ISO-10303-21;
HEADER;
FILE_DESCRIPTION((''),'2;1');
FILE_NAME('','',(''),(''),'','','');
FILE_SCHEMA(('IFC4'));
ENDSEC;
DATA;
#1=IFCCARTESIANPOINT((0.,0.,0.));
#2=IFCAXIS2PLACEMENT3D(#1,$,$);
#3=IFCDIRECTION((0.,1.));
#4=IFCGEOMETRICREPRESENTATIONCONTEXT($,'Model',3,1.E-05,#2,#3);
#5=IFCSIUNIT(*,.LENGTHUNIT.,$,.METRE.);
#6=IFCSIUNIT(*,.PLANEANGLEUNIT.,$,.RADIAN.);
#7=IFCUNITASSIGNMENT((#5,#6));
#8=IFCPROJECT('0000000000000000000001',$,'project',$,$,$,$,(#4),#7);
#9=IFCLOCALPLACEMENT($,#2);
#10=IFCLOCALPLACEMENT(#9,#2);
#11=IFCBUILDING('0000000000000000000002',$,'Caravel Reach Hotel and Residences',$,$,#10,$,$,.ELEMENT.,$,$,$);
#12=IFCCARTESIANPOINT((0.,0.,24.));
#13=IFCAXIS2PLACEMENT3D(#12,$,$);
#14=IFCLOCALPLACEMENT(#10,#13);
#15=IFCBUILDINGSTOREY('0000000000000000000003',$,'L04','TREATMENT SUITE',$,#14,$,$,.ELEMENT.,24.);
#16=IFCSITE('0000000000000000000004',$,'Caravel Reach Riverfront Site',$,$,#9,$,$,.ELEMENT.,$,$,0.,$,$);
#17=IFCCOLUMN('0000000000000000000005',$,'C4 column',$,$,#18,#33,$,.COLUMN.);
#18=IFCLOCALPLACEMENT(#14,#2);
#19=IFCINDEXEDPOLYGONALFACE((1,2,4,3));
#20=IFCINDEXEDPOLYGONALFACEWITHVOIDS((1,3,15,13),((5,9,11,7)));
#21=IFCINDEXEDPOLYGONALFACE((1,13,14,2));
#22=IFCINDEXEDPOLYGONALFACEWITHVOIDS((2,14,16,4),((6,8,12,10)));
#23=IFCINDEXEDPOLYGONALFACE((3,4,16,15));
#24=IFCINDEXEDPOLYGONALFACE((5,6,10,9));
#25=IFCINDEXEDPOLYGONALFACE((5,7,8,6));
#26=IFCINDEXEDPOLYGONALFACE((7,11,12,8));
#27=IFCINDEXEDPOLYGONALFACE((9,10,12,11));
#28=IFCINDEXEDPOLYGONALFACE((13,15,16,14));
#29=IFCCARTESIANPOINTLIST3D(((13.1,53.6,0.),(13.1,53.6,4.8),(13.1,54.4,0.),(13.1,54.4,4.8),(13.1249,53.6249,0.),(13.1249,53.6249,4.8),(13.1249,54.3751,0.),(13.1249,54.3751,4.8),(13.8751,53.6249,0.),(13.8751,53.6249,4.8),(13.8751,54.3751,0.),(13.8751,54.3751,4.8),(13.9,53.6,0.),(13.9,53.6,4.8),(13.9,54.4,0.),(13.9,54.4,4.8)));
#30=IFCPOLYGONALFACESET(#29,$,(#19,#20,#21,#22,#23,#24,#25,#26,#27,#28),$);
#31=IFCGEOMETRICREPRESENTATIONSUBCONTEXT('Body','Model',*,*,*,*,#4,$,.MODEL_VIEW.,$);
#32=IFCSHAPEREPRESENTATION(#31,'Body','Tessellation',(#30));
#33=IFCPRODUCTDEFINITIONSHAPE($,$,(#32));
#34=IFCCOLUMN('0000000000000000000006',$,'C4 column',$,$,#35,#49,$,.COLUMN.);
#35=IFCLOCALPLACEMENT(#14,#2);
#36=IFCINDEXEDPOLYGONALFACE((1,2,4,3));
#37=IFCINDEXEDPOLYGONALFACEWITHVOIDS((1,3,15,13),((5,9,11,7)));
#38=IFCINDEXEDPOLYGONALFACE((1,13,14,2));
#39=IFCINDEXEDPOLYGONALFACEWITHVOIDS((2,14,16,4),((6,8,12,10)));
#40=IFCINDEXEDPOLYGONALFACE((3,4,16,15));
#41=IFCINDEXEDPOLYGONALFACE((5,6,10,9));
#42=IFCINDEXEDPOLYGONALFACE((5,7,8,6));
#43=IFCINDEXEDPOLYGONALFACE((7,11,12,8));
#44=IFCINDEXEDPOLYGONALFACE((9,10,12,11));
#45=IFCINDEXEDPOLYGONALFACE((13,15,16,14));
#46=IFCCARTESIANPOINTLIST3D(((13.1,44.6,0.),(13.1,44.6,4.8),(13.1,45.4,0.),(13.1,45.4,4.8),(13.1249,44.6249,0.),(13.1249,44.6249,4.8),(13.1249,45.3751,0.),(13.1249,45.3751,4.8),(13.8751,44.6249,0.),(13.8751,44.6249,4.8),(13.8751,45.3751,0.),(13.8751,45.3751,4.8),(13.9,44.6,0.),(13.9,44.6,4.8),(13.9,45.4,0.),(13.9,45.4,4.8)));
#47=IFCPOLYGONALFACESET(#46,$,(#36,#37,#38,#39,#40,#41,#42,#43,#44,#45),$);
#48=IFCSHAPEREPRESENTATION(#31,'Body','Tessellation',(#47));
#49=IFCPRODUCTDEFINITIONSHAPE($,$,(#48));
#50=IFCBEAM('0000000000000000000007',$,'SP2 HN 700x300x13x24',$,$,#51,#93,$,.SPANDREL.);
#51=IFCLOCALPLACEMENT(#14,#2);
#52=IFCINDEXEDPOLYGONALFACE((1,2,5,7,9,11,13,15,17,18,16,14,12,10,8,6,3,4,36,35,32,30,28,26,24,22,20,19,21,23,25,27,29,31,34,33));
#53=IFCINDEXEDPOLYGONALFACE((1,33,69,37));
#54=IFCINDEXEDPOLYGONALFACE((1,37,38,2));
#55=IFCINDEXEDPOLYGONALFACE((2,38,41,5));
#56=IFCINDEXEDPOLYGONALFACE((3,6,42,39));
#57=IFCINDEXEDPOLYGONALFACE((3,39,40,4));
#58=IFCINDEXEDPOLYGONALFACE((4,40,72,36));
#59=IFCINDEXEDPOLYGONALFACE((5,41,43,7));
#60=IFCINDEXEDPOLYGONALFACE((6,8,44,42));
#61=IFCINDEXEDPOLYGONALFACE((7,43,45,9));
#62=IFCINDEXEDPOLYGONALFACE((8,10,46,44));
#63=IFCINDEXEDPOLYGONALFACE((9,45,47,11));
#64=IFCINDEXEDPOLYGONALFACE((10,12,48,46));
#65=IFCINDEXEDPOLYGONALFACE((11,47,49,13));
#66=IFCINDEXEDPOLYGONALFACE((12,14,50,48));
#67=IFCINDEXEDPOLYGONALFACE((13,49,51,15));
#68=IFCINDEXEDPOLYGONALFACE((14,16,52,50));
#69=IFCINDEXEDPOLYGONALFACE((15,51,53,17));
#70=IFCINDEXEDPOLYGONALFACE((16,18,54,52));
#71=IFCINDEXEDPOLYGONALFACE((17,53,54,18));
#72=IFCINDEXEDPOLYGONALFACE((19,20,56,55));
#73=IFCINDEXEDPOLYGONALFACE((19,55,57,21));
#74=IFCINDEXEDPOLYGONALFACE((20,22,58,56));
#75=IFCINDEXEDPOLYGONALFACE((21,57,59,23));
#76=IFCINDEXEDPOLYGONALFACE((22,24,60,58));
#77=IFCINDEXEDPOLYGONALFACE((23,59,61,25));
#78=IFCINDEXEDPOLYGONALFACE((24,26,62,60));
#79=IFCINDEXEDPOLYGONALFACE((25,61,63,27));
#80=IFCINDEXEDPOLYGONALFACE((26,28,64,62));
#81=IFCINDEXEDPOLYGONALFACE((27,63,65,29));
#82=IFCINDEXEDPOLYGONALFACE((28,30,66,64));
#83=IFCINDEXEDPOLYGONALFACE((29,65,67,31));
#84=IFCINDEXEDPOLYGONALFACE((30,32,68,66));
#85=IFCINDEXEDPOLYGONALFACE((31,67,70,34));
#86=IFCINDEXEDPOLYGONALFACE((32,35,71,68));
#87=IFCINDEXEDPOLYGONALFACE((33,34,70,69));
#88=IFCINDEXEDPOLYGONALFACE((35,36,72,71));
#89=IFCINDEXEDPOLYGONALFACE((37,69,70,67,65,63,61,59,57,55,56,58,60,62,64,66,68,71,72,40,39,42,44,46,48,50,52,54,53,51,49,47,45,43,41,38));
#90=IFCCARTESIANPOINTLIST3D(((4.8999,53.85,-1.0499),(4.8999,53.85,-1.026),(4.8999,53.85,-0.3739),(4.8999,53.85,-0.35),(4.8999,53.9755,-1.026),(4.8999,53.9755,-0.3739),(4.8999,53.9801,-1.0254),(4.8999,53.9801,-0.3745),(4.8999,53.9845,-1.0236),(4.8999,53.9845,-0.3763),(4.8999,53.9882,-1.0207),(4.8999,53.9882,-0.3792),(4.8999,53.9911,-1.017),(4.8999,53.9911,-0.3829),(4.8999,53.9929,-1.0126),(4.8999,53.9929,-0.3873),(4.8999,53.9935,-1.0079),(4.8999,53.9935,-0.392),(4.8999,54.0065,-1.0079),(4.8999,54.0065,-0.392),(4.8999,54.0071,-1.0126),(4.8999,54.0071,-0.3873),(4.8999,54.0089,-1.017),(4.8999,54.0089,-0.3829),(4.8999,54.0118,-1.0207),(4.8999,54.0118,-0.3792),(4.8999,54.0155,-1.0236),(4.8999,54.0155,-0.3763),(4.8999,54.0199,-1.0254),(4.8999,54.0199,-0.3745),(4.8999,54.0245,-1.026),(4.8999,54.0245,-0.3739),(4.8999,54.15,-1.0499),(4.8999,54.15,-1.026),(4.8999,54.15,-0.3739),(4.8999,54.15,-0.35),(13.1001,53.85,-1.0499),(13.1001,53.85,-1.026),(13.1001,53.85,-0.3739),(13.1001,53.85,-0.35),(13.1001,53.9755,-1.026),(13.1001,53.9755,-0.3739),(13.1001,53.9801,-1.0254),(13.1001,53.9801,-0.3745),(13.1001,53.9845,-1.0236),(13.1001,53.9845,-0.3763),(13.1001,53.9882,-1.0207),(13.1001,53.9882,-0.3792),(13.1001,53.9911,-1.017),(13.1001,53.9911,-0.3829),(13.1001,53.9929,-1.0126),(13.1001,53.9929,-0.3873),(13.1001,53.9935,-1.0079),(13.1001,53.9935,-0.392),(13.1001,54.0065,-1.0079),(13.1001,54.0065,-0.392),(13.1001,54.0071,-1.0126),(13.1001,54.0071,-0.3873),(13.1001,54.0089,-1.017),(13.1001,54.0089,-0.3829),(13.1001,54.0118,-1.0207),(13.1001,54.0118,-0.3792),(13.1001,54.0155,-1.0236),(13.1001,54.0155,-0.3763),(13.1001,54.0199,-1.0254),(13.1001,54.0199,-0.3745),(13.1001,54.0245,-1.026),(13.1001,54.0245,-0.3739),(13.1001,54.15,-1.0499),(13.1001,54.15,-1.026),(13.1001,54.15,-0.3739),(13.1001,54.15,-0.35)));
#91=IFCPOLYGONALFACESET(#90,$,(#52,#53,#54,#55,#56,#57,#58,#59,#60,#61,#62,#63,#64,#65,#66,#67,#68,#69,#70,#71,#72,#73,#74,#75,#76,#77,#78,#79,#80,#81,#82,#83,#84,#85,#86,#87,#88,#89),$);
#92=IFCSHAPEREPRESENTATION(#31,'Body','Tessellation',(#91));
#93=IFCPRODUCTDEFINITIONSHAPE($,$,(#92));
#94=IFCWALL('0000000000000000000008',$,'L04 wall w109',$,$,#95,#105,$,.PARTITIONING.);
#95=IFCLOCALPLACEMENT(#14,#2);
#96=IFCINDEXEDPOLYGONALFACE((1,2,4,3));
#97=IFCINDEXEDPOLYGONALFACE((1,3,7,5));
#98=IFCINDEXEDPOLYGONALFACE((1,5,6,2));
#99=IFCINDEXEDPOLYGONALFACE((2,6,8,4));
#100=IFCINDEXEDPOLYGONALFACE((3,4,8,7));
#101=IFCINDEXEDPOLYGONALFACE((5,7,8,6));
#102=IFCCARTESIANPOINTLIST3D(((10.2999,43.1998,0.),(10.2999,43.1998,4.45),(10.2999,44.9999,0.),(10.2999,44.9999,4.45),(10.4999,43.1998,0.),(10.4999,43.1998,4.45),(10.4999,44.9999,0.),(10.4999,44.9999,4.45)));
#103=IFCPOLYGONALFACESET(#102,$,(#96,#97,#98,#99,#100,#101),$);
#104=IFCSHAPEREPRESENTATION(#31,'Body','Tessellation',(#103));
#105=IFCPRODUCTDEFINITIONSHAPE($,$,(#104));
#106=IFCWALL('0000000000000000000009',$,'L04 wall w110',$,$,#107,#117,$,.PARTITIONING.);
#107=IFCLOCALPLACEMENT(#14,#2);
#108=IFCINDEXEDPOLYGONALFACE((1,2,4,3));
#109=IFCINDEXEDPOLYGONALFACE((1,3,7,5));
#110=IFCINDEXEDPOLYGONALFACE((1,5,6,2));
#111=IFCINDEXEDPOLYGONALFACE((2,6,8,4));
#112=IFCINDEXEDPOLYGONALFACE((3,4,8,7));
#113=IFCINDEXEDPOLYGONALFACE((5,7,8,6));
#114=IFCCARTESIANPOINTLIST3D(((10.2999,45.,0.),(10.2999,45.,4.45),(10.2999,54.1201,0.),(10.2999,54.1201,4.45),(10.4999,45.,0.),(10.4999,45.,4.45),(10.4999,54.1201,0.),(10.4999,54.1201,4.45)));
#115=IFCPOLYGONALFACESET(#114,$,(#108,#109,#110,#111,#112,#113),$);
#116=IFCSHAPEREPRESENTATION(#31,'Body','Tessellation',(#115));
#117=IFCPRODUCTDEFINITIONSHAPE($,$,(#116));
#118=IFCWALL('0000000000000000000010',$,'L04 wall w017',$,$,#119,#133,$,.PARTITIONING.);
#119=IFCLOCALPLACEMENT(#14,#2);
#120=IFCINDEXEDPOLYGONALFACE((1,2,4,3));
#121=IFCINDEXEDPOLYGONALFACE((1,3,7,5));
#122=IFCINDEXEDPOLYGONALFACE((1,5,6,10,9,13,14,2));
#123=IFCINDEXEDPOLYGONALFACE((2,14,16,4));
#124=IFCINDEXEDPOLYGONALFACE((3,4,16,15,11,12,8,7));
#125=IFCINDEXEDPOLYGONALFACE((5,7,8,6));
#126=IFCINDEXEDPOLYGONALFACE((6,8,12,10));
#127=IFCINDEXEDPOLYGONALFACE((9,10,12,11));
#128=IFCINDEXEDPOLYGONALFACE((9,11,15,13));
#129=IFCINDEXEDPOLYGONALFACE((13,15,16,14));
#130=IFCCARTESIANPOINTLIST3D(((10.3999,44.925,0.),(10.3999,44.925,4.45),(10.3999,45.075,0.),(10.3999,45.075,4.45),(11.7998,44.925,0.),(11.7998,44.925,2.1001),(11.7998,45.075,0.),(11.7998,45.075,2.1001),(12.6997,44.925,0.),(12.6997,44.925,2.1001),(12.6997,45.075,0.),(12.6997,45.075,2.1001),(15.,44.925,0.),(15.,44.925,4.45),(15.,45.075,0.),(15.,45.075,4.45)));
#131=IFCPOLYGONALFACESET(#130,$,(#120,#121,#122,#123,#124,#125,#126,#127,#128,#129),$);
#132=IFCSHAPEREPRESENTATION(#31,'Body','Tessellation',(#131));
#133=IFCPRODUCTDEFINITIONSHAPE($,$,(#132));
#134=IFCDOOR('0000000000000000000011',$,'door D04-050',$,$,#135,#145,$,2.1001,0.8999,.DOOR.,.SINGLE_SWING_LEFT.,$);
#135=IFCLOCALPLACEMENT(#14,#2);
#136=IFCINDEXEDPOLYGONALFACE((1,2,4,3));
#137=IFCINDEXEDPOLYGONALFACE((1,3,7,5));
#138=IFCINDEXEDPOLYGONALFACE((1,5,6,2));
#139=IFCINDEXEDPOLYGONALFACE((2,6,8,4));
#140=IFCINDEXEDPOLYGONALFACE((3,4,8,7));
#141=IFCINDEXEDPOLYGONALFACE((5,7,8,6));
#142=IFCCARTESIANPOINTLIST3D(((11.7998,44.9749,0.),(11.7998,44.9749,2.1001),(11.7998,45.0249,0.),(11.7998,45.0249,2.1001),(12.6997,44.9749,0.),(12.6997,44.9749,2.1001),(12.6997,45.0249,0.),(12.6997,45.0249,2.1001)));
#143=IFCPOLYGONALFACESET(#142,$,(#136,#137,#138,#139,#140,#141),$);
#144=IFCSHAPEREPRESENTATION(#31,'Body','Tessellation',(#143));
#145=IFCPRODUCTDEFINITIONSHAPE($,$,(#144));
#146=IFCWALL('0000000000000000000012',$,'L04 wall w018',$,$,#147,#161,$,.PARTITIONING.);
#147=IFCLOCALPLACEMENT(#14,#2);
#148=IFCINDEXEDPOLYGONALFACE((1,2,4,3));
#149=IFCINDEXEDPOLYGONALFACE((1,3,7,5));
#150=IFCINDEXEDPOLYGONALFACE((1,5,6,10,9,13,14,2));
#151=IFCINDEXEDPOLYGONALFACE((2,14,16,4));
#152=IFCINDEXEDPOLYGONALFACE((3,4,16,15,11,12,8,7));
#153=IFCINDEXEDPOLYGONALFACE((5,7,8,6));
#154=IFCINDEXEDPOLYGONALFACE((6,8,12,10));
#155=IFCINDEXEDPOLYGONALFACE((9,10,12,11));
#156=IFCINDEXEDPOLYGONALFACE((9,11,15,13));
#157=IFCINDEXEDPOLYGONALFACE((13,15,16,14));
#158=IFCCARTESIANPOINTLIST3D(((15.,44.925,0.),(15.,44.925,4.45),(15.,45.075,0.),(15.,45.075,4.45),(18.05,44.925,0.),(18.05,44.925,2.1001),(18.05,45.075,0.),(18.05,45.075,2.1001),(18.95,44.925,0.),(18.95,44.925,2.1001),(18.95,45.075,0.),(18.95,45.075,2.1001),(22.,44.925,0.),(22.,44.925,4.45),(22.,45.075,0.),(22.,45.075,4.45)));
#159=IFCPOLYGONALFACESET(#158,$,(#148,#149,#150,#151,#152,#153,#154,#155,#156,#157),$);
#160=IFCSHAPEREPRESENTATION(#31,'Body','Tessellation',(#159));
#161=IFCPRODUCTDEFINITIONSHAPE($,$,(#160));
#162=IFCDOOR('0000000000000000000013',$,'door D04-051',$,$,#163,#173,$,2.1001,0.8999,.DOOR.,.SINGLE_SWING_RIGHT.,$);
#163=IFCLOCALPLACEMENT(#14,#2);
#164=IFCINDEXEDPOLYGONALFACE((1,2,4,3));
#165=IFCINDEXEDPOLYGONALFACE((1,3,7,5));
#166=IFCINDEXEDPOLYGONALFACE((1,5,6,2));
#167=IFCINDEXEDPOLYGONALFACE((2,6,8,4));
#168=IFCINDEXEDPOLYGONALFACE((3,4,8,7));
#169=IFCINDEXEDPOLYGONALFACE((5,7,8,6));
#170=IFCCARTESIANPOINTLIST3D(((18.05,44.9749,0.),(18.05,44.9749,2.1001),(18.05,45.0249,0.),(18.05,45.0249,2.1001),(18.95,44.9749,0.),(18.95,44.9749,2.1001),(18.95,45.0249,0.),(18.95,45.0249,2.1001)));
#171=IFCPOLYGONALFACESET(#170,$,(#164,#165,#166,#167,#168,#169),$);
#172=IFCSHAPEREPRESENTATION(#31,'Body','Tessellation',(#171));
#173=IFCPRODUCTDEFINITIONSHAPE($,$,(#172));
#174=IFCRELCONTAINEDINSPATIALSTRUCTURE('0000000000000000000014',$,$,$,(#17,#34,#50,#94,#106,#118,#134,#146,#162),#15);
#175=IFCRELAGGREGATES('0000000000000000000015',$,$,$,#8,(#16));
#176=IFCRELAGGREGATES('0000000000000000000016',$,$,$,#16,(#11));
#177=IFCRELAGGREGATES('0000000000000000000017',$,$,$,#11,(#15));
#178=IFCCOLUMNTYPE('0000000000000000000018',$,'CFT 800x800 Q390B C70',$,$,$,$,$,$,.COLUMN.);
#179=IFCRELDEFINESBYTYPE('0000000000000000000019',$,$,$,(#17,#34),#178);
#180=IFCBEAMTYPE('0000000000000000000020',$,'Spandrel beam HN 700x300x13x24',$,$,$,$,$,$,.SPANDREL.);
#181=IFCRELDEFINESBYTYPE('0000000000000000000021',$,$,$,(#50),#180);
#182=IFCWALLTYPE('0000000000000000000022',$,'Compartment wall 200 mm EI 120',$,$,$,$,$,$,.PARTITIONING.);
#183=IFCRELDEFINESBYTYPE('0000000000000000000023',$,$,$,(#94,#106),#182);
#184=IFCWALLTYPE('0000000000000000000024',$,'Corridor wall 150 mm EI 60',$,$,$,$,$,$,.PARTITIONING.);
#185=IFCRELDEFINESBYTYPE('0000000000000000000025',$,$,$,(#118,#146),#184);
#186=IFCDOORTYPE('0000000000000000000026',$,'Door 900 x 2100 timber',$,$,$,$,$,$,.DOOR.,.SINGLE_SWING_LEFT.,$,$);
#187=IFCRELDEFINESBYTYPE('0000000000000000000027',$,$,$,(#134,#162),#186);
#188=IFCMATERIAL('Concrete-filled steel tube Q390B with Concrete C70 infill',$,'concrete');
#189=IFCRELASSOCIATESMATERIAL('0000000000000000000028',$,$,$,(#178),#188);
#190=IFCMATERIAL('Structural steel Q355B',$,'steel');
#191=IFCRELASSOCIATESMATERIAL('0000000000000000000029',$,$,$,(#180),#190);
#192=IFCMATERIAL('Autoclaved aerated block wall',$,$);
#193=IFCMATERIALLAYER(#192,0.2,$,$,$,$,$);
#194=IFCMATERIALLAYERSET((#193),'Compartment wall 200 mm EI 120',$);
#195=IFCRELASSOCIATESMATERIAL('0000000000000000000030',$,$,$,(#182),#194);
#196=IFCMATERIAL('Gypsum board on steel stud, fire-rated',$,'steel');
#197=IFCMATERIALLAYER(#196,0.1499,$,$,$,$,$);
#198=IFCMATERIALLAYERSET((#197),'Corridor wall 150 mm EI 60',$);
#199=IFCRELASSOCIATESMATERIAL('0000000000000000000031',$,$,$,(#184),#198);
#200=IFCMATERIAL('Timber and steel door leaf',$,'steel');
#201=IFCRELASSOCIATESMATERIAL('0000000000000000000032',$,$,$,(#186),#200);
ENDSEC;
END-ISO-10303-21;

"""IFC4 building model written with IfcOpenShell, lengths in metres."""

from ifc_helpers import new_model, si_unit, direction, frame, frame_2d, origin, origin_2d, place, context, subcontext, project, spatial, rectangle, hollow_rectangle, i_section, extrude, material, layer, layer_set, material_profile, profile_set, type_object, element, fill, save


model = new_model("IFC4")

# Units and contexts
model_context = context("Model", 3, precision=1e-05, world=origin(), true_north=direction((0.0, 1.0)))
body_context = subcontext(model_context, "Body", "Model", "MODEL_VIEW")
ifc_project = project(units=[si_unit("LENGTHUNIT", "METRE"), si_unit("PLANEANGLEUNIT", "RADIAN")], contexts=[model_context])

# Site, building, storey
site_placement = place(None, origin())
site = spatial("IfcSite", under=ifc_project, at=site_placement, Name="Caravel Reach Riverfront Site", CompositionType="ELEMENT", RefElevation=0.0)
building_placement = place(site_placement, origin())
building = spatial("IfcBuilding", under=site, at=building_placement, Name="Caravel Reach Hotel and Residences", CompositionType="ELEMENT")
storey_placement = place(building_placement, frame((0.0, 0.0, 24.0)))
storey = spatial("IfcBuildingStorey", under=building, at=storey_placement, Name="L04", Description="TREATMENT SUITE", CompositionType="ELEMENT", Elevation=24.0)

# Columns
ifc_material_1 = material(Name="Concrete-filled steel tube Q390B with Concrete C70 infill", Category="concrete")
ifc_material_profile_1 = material_profile(ifc_material_1, hollow_rectangle(XDim=0.8, YDim=0.8, WallThickness=0.0249, at=origin_2d()), Name="RHS 800x800x25")
ifc_profile_set_1 = profile_set([ifc_material_profile_1], Name="Concrete-filled steel tube Q390B with Concrete C70 infill")
column_type = type_object("IfcColumnType", Name="CFT 800x800 Q390B C70", PredefinedType="COLUMN", material=ifc_profile_set_1)
for number, where, z_axis, x_axis, name in (
    (1, (13.5, 54.0, 0.0), (0.0, 0.0, 1.0), (1.0, 0.0, 0.0), "C4 column"),
    (2, (13.5, 45.0, 0.0), (0.0, 0.0, 1.0), (1.0, 0.0, 0.0), "C4 column"),
):
    element("IfcColumn", number, at=place(storey_placement, frame(where, z_axis=z_axis, x_axis=x_axis)), inside=storey, type_object=column_type, Name=name, PredefinedType="COLUMN", context=body_context, shape_type="SweptSolid", body=[
        extrude(hollow_rectangle(XDim=0.8, YDim=0.8, WallThickness=0.0249, at=origin_2d()), origin(), (0.0, 0.0, 1.0), 4.8),
    ])

# Beam
ifc_material_2 = material(Name="Structural steel Q355B", Category="steel")
ifc_material_profile_2 = material_profile(ifc_material_2, i_section(OverallWidth=0.3, OverallDepth=0.7, WebThickness=0.0129, FlangeThickness=0.0239, FilletRadius=0.0181, at=origin_2d()), Name="HN 700x300x13x24")
ifc_profile_set_2 = profile_set([ifc_material_profile_2], Name="Structural steel Q355B")
beam_type = type_object("IfcBeamType", Name="Spandrel beam HN 700x300x13x24", PredefinedType="SPANDREL", material=ifc_profile_set_2)
beam_placement = place(storey_placement, frame((13.1001, 54.0, -0.7), z_axis=(-1.0, 0.0, 0.0), x_axis=(0.0, -1.0, 0.0)))
element("IfcBeam", 3, at=beam_placement, inside=storey, type_object=beam_type, Name="SP2 HN 700x300x13x24", PredefinedType="SPANDREL", context=body_context, shape_type="SweptSolid", body=[
    extrude(i_section(OverallWidth=0.3, OverallDepth=0.7, WebThickness=0.0129, FlangeThickness=0.0239, FilletRadius=0.0181, at=origin_2d()), origin(), (0.0, 0.0, 1.0), 8.2002),
])

# Walls
ifc_material_3 = material(Name="Autoclaved aerated block wall")
ifc_layer_1 = layer(ifc_material_3, 0.2)
ifc_layer_set_1 = layer_set([ifc_layer_1], Name="Compartment wall 200 mm EI 120")
wall_type_1 = type_object("IfcWallType", Name="Compartment wall 200 mm EI 120", PredefinedType="PARTITIONING", material=ifc_layer_set_1)
wall_1_placement = place(storey_placement, frame((10.3999, 43.2, 0.0), z_axis=(0.0, 0.0, 1.0), x_axis=(0.0, 1.0, 0.0)))
element("IfcWall", 4, at=wall_1_placement, inside=storey, type_object=wall_type_1, Name="L04 wall w109", PredefinedType="PARTITIONING", context=body_context, shape_type="SweptSolid", body=[
    extrude(rectangle(XDim=1.8, YDim=0.2, at=frame_2d((0.8999, 0.0))), origin(), (0.0, 0.0, 1.0), 4.45),
])
wall_2_placement = place(storey_placement, frame((10.3999, 45.0, 0.0), z_axis=(0.0, 0.0, 1.0), x_axis=(0.0, 1.0, 0.0)))
element("IfcWall", 5, at=wall_2_placement, inside=storey, type_object=wall_type_1, Name="L04 wall w110", PredefinedType="PARTITIONING", context=body_context, shape_type="SweptSolid", body=[
    extrude(rectangle(XDim=9.1201, YDim=0.2, at=frame_2d((4.5601, 0.0))), origin(), (0.0, 0.0, 1.0), 4.45),
])

# Walls, openings, doors
ifc_material_4 = material(Name="Gypsum board on steel stud, fire-rated", Category="steel")
ifc_layer_2 = layer(ifc_material_4, 0.1499)
ifc_layer_set_2 = layer_set([ifc_layer_2], Name="Corridor wall 150 mm EI 60")
wall_type_2 = type_object("IfcWallType", Name="Corridor wall 150 mm EI 60", PredefinedType="PARTITIONING", material=ifc_layer_set_2)
wall_3_placement = place(storey_placement, frame((10.3999, 45.0, 0.0), z_axis=(0.0, 0.0, 1.0), x_axis=(1.0, 0.0, 0.0)))
wall_3 = element("IfcWall", 6, at=wall_3_placement, inside=storey, type_object=wall_type_2, Name="L04 wall w017", PredefinedType="PARTITIONING", context=body_context, shape_type="SweptSolid", body=[
    extrude(rectangle(XDim=4.6001, YDim=0.1499, at=frame_2d((2.3, 0.0))), origin(), (0.0, 0.0, 1.0), 4.45),
])
opening_1_placement = place(wall_3_placement, frame((1.3999, 0.0, 0.0)))
opening_1 = element("IfcOpeningElement", 7, at=opening_1_placement, cuts=wall_3, PredefinedType="OPENING", context=body_context, shape_type="SweptSolid", body=[
    extrude(rectangle(XDim=0.8999, YDim=2.1001, at=frame_2d((0.45, 1.05))), frame((0.0, 0.085, 0.0), z_axis=(0.0, -1.0, 0.0), x_axis=(1.0, 0.0, 0.0)), (0.0, 0.0, 1.0), 0.1699),
])
ifc_material_5 = material(Name="Timber and steel door leaf", Category="steel")
door_type_1 = type_object("IfcDoorType", Name="Door 900 x 2100 timber", OperationType="SINGLE_SWING_LEFT", PredefinedType="DOOR", material=ifc_material_5)
door_1_placement = place(opening_1_placement, origin())
door_1 = element("IfcDoor", 8, at=door_1_placement, inside=storey, type_object=door_type_1, Name="door D04-050", OperationType="SINGLE_SWING_LEFT", OverallHeight=2.1001, OverallWidth=0.8999, PredefinedType="DOOR", context=body_context, shape_type="SweptSolid", body=[
    extrude(rectangle(XDim=0.8999, YDim=2.1001, at=frame_2d((0.45, 1.05))), frame((0.0, 0.0249, 0.0), z_axis=(0.0, -1.0, 0.0), x_axis=(1.0, 0.0, 0.0)), (0.0, 0.0, 1.0), 0.05),
])
fill(opening_1, door_1)
wall_4_placement = place(storey_placement, frame((15.0, 45.0, 0.0), z_axis=(0.0, 0.0, 1.0), x_axis=(1.0, 0.0, 0.0)))
wall_4 = element("IfcWall", 9, at=wall_4_placement, inside=storey, type_object=wall_type_2, Name="L04 wall w018", PredefinedType="PARTITIONING", context=body_context, shape_type="SweptSolid", body=[
    extrude(rectangle(XDim=7.0, YDim=0.1499, at=frame_2d((3.5, 0.0))), origin(), (0.0, 0.0, 1.0), 4.45),
])
opening_2_placement = place(wall_4_placement, frame((3.05, 0.0, 0.0)))
opening_2 = element("IfcOpeningElement", 10, at=opening_2_placement, cuts=wall_4, PredefinedType="OPENING", context=body_context, shape_type="SweptSolid", body=[
    extrude(rectangle(XDim=0.8999, YDim=2.1001, at=frame_2d((0.45, 1.05))), frame((0.0, 0.085, 0.0), z_axis=(0.0, -1.0, 0.0), x_axis=(1.0, 0.0, 0.0)), (0.0, 0.0, 1.0), 0.1699),
])
door_2_placement = place(opening_2_placement, origin())
door_2 = element("IfcDoor", 11, at=door_2_placement, inside=storey, type_object=door_type_1, Name="door D04-051", OperationType="SINGLE_SWING_RIGHT", OverallHeight=2.1001, OverallWidth=0.8999, PredefinedType="DOOR", context=body_context, shape_type="SweptSolid", body=[
    extrude(rectangle(XDim=0.8999, YDim=2.1001, at=frame_2d((0.45, 1.05))), frame((0.0, 0.0249, 0.0), z_axis=(0.0, -1.0, 0.0), x_axis=(1.0, 0.0, 0.0)), (0.0, 0.0, 1.0), 0.05),
])
fill(opening_2, door_2)

save(model, "model.ifc")
